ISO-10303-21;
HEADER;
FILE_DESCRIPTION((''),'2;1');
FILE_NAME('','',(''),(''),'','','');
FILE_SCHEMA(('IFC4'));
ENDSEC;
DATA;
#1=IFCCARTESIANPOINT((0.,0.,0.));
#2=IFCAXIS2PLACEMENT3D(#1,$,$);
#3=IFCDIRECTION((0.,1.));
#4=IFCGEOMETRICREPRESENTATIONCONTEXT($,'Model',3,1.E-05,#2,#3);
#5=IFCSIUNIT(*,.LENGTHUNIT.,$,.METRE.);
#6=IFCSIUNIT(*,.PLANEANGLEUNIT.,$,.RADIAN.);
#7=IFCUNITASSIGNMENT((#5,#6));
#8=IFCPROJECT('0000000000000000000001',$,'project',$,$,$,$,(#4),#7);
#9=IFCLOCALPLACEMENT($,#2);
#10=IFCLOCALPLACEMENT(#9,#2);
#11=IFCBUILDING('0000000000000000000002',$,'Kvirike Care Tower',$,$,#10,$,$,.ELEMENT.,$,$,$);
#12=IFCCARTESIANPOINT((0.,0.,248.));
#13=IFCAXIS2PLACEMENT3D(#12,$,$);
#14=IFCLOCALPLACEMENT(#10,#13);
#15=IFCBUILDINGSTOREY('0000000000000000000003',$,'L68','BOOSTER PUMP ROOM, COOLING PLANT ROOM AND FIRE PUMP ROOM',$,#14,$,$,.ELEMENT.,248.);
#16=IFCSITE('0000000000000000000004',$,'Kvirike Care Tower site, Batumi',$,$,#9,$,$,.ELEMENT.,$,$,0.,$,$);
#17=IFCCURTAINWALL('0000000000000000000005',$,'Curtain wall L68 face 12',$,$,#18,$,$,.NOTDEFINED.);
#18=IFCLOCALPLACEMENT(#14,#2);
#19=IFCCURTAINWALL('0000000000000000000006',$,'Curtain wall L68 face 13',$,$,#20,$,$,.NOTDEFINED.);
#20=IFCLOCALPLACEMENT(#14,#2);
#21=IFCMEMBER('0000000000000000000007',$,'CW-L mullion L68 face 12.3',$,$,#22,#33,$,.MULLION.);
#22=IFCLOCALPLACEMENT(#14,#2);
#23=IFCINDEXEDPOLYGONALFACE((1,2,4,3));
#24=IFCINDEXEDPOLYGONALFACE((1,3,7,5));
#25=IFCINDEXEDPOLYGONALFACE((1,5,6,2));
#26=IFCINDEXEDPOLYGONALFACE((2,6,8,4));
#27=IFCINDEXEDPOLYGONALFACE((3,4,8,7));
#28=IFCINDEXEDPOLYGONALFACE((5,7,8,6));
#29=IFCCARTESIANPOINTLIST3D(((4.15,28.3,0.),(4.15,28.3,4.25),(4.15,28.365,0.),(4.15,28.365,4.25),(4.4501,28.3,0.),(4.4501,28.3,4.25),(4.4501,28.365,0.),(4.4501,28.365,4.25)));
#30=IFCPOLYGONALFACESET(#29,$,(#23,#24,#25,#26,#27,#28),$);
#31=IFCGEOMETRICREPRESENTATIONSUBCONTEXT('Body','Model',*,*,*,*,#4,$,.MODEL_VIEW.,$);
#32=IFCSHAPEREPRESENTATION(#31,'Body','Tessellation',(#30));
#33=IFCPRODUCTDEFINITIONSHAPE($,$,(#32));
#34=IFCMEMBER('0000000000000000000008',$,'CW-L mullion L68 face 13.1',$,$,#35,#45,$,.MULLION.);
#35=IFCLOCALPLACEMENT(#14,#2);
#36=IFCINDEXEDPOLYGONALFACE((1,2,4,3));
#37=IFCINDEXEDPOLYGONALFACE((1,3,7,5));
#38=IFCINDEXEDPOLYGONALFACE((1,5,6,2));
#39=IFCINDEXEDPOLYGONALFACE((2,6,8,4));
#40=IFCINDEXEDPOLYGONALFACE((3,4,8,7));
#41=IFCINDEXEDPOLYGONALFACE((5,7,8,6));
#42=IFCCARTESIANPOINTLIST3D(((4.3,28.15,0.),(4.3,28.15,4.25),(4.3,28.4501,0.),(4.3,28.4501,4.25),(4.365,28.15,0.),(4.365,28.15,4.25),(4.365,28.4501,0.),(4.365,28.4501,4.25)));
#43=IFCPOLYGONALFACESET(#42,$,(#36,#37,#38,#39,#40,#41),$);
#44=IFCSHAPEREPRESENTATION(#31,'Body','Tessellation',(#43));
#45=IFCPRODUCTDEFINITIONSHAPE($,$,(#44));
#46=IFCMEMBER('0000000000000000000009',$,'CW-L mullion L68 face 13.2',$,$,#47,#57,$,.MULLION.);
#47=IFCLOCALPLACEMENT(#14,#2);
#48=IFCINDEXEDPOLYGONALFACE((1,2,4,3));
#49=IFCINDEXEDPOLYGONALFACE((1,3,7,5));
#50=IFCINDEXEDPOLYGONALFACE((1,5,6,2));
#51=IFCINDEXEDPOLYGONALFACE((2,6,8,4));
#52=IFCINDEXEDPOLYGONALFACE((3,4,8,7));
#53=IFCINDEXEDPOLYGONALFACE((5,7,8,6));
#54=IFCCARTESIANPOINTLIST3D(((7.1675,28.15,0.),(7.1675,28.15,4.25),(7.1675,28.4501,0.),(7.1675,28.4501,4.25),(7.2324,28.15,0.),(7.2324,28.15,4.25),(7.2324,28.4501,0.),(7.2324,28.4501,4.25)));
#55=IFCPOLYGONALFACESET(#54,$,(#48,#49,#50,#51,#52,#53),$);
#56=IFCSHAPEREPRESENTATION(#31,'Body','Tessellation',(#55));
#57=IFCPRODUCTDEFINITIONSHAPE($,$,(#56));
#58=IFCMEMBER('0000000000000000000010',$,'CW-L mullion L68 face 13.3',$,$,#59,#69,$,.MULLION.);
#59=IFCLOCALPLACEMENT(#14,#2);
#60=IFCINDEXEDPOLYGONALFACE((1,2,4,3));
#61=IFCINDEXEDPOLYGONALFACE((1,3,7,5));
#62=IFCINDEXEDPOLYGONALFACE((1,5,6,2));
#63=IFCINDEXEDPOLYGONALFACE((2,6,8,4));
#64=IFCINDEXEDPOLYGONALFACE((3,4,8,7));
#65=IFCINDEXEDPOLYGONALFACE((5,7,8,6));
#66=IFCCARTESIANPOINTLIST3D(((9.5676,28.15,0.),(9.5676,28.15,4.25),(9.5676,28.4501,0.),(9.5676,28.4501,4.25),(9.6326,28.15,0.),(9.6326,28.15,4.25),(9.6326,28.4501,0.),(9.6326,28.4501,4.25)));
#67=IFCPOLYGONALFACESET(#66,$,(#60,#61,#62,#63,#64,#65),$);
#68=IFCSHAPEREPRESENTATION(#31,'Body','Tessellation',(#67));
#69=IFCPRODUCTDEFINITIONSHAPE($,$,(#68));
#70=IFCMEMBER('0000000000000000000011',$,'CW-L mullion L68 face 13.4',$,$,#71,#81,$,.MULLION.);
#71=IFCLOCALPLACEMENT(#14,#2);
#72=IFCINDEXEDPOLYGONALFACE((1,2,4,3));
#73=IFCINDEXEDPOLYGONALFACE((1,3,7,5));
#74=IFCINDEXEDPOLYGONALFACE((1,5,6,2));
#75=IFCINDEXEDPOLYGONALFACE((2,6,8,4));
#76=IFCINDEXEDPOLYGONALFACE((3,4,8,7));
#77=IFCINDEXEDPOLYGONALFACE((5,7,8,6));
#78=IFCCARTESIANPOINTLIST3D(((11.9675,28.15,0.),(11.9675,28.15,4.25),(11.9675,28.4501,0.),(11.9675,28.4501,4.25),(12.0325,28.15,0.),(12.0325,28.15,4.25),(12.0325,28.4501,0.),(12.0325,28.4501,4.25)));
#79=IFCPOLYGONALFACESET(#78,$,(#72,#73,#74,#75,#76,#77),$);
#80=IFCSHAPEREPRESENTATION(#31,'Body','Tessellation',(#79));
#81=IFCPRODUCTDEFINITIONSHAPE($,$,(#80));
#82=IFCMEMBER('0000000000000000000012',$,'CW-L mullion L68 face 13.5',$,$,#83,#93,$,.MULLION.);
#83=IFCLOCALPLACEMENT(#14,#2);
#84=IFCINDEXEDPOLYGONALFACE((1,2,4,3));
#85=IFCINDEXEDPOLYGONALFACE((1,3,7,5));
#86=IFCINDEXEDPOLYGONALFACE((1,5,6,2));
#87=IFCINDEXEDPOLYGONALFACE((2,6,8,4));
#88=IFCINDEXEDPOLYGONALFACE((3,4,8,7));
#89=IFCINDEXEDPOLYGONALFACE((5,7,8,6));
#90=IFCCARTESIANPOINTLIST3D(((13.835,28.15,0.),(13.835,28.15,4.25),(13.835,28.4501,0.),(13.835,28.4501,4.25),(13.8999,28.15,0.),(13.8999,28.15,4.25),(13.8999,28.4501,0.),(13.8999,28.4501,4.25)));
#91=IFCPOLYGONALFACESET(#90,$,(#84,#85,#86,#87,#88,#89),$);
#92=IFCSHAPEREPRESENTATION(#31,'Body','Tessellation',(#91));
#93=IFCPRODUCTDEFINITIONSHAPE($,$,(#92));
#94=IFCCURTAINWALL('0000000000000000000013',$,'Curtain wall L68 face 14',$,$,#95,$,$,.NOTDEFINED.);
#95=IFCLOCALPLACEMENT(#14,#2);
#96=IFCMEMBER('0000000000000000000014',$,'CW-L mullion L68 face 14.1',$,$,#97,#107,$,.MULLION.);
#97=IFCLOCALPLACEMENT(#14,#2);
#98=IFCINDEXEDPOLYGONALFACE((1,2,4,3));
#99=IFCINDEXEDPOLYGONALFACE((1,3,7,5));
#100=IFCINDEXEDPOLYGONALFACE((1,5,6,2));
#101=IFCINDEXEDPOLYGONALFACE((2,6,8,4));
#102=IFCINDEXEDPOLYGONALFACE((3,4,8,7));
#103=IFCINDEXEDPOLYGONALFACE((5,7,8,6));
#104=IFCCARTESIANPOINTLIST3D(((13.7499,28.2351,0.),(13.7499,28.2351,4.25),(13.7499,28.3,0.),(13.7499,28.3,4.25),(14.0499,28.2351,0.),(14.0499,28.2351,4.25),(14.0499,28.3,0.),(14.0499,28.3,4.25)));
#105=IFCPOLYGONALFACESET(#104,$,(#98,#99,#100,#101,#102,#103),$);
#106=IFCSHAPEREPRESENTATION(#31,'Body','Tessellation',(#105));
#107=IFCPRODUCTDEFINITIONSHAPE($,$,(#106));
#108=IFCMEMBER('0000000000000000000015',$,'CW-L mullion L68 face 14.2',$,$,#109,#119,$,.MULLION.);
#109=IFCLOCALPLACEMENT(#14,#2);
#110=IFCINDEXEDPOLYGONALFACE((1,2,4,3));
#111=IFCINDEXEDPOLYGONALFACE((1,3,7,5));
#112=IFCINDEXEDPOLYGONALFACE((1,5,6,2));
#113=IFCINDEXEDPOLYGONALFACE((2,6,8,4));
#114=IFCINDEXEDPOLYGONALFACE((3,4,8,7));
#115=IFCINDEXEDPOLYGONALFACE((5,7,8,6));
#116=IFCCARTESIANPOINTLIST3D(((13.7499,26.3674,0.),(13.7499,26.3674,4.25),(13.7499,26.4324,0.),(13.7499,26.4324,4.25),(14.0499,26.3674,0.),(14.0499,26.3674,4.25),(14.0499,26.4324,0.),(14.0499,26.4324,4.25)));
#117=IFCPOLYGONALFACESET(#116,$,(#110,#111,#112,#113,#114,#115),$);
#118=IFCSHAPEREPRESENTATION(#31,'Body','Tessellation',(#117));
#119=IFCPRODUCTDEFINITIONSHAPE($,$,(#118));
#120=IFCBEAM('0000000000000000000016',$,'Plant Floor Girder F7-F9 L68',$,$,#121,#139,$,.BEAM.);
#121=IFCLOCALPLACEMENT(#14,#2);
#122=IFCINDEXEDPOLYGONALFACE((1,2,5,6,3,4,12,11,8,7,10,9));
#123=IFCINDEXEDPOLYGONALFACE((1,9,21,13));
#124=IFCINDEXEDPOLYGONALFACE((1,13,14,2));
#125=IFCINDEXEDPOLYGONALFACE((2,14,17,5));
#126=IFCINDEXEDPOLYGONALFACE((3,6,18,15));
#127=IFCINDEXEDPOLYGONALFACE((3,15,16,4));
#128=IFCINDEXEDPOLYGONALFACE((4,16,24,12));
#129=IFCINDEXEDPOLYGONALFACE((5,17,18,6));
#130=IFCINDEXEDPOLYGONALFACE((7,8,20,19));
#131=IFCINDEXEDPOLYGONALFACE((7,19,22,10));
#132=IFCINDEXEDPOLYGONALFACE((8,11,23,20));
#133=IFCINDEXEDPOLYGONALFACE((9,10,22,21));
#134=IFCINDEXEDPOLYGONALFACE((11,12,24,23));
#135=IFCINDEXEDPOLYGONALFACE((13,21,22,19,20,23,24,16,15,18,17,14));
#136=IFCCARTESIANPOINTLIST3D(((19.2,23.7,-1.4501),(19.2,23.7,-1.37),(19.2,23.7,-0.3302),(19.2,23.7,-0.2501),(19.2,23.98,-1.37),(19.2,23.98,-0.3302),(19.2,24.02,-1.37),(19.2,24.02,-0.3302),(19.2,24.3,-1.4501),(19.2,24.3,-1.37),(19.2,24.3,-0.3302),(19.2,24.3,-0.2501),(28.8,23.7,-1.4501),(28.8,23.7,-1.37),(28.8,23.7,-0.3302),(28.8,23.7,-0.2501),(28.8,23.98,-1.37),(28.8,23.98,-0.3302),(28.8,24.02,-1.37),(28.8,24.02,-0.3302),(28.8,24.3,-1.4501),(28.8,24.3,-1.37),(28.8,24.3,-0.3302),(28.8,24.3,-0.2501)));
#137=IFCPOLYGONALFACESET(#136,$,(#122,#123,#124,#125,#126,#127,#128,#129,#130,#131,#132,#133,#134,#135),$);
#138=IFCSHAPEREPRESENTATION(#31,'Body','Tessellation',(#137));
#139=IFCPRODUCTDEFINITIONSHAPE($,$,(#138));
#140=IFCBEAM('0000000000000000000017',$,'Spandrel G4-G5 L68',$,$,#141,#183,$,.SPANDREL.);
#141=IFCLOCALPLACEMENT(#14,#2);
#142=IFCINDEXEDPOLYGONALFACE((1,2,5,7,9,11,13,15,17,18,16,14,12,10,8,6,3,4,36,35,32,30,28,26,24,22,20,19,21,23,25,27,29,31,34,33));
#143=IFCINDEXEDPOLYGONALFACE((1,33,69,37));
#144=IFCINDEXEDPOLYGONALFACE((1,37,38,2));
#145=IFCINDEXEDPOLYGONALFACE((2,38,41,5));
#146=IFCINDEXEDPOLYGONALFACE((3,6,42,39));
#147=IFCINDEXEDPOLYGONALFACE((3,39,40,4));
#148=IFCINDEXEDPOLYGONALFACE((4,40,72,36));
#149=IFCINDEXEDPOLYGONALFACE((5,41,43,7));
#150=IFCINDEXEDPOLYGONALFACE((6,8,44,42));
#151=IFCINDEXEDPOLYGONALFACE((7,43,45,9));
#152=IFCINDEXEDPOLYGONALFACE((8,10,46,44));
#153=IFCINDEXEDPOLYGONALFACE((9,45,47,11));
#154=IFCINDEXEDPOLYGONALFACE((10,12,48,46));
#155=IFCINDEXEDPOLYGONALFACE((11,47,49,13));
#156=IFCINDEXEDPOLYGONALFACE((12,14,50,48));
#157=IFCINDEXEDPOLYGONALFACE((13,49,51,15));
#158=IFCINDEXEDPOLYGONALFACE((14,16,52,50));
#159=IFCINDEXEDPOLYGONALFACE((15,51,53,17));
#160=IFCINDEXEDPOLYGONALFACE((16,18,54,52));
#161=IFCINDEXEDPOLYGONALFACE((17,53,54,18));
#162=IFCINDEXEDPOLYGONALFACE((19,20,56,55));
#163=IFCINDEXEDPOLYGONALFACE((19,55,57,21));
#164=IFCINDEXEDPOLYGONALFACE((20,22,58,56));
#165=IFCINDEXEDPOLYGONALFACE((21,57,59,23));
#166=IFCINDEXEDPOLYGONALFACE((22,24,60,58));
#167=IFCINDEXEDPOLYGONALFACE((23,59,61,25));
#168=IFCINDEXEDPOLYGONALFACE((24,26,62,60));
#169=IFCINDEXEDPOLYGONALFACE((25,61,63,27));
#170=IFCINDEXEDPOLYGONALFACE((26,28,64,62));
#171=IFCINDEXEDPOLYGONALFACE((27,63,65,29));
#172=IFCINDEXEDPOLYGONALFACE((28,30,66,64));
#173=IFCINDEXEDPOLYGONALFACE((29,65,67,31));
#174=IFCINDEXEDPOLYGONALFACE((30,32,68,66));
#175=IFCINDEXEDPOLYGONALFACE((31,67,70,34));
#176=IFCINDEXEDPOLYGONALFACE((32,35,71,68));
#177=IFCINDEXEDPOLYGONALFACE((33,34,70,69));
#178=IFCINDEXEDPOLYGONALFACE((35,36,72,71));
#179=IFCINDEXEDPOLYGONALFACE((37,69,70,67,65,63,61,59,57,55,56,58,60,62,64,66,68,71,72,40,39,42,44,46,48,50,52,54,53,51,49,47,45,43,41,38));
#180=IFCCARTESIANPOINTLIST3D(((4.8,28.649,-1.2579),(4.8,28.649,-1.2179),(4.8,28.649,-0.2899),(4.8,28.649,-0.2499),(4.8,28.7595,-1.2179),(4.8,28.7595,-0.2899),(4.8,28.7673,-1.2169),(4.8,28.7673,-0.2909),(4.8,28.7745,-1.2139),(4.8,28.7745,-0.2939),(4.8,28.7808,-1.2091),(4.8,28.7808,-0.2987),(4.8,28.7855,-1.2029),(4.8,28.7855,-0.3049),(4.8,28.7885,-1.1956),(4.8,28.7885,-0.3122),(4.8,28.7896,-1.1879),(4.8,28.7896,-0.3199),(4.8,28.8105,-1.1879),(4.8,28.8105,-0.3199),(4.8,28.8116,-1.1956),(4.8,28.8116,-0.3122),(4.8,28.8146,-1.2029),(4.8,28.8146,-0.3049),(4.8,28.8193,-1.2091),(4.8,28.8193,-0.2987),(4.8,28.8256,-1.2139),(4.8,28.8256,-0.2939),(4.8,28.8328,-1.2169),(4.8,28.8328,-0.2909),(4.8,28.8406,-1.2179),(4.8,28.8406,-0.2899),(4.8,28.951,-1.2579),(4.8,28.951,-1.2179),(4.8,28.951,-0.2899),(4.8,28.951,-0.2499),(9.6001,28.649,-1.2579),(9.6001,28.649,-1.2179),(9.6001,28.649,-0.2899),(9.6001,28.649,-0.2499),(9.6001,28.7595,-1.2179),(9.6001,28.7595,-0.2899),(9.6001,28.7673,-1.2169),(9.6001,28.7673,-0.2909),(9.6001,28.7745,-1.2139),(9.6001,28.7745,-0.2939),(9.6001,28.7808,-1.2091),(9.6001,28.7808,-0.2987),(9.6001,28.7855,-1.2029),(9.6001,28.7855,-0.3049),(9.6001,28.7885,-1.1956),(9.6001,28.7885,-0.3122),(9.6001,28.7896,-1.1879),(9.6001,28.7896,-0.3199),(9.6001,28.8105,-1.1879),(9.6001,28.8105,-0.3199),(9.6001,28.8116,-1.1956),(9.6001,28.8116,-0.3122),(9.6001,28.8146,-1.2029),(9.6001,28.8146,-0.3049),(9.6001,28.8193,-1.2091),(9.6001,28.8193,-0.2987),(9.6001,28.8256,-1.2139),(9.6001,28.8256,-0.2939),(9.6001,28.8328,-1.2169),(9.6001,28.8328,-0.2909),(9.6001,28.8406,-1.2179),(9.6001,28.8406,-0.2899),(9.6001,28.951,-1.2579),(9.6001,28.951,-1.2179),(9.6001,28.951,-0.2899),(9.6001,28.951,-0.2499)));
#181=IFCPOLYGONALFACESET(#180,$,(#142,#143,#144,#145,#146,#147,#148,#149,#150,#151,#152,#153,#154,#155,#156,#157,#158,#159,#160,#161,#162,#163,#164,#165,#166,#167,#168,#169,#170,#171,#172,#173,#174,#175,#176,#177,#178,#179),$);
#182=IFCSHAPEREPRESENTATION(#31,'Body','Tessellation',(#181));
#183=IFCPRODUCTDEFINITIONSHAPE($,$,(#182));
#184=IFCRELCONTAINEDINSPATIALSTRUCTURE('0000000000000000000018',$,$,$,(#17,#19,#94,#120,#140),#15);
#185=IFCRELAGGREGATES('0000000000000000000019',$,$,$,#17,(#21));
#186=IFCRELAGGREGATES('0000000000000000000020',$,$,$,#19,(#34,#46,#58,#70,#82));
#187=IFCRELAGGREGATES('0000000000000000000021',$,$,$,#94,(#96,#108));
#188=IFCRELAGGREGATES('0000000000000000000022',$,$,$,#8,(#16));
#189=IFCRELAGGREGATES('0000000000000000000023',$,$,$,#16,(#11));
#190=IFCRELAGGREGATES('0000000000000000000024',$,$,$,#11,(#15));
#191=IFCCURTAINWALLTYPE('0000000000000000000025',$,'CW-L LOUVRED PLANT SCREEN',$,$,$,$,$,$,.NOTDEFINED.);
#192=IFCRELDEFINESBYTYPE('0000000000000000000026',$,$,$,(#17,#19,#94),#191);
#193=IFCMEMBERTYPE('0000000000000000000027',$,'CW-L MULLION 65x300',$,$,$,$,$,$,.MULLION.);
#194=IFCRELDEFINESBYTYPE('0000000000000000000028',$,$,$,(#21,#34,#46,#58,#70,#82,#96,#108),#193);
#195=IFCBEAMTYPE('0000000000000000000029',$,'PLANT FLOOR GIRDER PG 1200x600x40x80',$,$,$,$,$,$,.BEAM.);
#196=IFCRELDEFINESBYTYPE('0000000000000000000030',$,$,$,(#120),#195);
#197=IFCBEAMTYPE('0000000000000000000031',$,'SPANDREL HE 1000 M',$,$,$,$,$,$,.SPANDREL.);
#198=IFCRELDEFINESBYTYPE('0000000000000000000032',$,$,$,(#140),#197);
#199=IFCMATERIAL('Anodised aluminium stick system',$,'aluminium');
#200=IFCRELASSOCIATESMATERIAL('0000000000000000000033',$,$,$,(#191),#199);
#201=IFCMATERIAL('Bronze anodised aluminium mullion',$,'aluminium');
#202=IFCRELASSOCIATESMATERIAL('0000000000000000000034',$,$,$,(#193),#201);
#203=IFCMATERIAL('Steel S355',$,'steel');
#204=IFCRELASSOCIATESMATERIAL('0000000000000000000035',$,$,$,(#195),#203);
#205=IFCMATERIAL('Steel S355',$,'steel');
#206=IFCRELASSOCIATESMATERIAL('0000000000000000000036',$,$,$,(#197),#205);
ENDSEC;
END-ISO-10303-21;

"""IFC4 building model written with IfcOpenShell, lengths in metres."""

from ifc_helpers import new_model, si_unit, direction, frame, origin, origin_2d, place, context, subcontext, project, spatial, rectangle, i_section, extrude, material, material_profile, profile_set, type_object, element, aggregate, save


model = new_model("IFC4")

# Units and contexts
model_context = context("Model", 3, precision=1e-05, world=origin(), true_north=direction((0.0, 1.0)))
body_context = subcontext(model_context, "Body", "Model", "MODEL_VIEW")
ifc_project = project(units=[si_unit("LENGTHUNIT", "METRE"), si_unit("PLANEANGLEUNIT", "RADIAN")], contexts=[model_context])

# Site, building, storey
site_placement = place(None, origin())
site = spatial("IfcSite", under=ifc_project, at=site_placement, Name="Kvirike Care Tower site, Batumi", CompositionType="ELEMENT", RefElevation=0.0)
building_placement = place(site_placement, origin())
building = spatial("IfcBuilding", under=site, at=building_placement, Name="Kvirike Care Tower", CompositionType="ELEMENT")
storey_placement = place(building_placement, frame((0.0, 0.0, 248.0)))
storey = spatial("IfcBuildingStorey", under=building, at=storey_placement, Name="L68", Description="BOOSTER PUMP ROOM, COOLING PLANT ROOM AND FIRE PUMP ROOM", CompositionType="ELEMENT", Elevation=248.0)

# Curtain walls
ifc_material_1 = material(Name="Anodised aluminium stick system", Category="aluminium")
curtain_wall_type = type_object("IfcCurtainWallType", Name="CW-L LOUVRED PLANT SCREEN", PredefinedType="NOTDEFINED", material=ifc_material_1)
curtain_wall_1_placement = place(storey_placement, origin())
curtain_wall_1 = element("IfcCurtainWall", 1, at=curtain_wall_1_placement, inside=storey, type_object=curtain_wall_type, Name="Curtain wall L68 face 12", PredefinedType="NOTDEFINED")
curtain_wall_2_placement = place(storey_placement, origin())
curtain_wall_2 = element("IfcCurtainWall", 2, at=curtain_wall_2_placement, inside=storey, type_object=curtain_wall_type, Name="Curtain wall L68 face 13", PredefinedType="NOTDEFINED")

# Members
ifc_material_2 = material(Name="Bronze anodised aluminium mullion", Category="aluminium")
ifc_material_profile_1 = material_profile(ifc_material_2, rectangle(XDim=0.0649, YDim=0.3, at=origin_2d()), Name="CW-L MULLION 65x300")
ifc_profile_set_1 = profile_set([ifc_material_profile_1], Name="Bronze anodised aluminium mullion")
member_type_1 = type_object("IfcMemberType", Name="CW-L MULLION 65x300", PredefinedType="MULLION", material=ifc_profile_set_1)
member_1_placement = place(storey_placement, frame((4.3, 28.3325, 0.0), z_axis=(0.0, 0.0, 1.0), x_axis=(0.0, -1.0, 0.0)))
member_1 = element("IfcMember", 3, at=member_1_placement, type_object=member_type_1, Name="CW-L mullion L68 face 12.3", PredefinedType="MULLION", context=body_context, shape_type="SweptSolid", body=[
    extrude(rectangle(XDim=0.0649, YDim=0.3, at=origin_2d()), origin(), (0.0, 0.0, 1.0), 4.25),
])
aggregate(curtain_wall_1, [member_1])
member_2_placement = place(storey_placement, frame((4.3325, 28.3, 0.0), z_axis=(0.0, 0.0, 1.0), x_axis=(1.0, 0.0, 0.0)))
member_2 = element("IfcMember", 4, at=member_2_placement, type_object=member_type_1, Name="CW-L mullion L68 face 13.1", PredefinedType="MULLION", context=body_context, shape_type="SweptSolid", body=[
    extrude(rectangle(XDim=0.0649, YDim=0.3, at=origin_2d()), origin(), (0.0, 0.0, 1.0), 4.25),
])
member_3_placement = place(storey_placement, frame((7.2, 28.3, 0.0), z_axis=(0.0, 0.0, 1.0), x_axis=(1.0, 0.0, 0.0)))
member_3 = element("IfcMember", 5, at=member_3_placement, type_object=member_type_1, Name="CW-L mullion L68 face 13.2", PredefinedType="MULLION", context=body_context, shape_type="SweptSolid", body=[
    extrude(rectangle(XDim=0.0649, YDim=0.3, at=origin_2d()), origin(), (0.0, 0.0, 1.0), 4.25),
])
member_4_placement = place(storey_placement, frame((9.6001, 28.3, 0.0), z_axis=(0.0, 0.0, 1.0), x_axis=(1.0, 0.0, 0.0)))
member_4 = element("IfcMember", 6, at=member_4_placement, type_object=member_type_1, Name="CW-L mullion L68 face 13.3", PredefinedType="MULLION", context=body_context, shape_type="SweptSolid", body=[
    extrude(rectangle(XDim=0.0649, YDim=0.3, at=origin_2d()), origin(), (0.0, 0.0, 1.0), 4.25),
])
member_5_placement = place(storey_placement, frame((12.0, 28.3, 0.0), z_axis=(0.0, 0.0, 1.0), x_axis=(1.0, 0.0, 0.0)))
member_5 = element("IfcMember", 7, at=member_5_placement, type_object=member_type_1, Name="CW-L mullion L68 face 13.4", PredefinedType="MULLION", context=body_context, shape_type="SweptSolid", body=[
    extrude(rectangle(XDim=0.0649, YDim=0.3, at=origin_2d()), origin(), (0.0, 0.0, 1.0), 4.25),
])
member_6_placement = place(storey_placement, frame((13.8674, 28.3, 0.0), z_axis=(0.0, 0.0, 1.0), x_axis=(1.0, 0.0, 0.0)))
member_6 = element("IfcMember", 8, at=member_6_placement, type_object=member_type_1, Name="CW-L mullion L68 face 13.5", PredefinedType="MULLION", context=body_context, shape_type="SweptSolid", body=[
    extrude(rectangle(XDim=0.0649, YDim=0.3, at=origin_2d()), origin(), (0.0, 0.0, 1.0), 4.25),
])
aggregate(curtain_wall_2, [member_2, member_3, member_4, member_5, member_6])

# Curtain wall, members
curtain_wall_3_placement = place(storey_placement, origin())
curtain_wall_3 = element("IfcCurtainWall", 9, at=curtain_wall_3_placement, inside=storey, type_object=curtain_wall_type, Name="Curtain wall L68 face 14", PredefinedType="NOTDEFINED")
member_7_placement = place(storey_placement, frame((13.8999, 28.2676, 0.0), z_axis=(0.0, 0.0, 1.0), x_axis=(0.0, -1.0, 0.0)))
member_7 = element("IfcMember", 10, at=member_7_placement, type_object=member_type_1, Name="CW-L mullion L68 face 14.1", PredefinedType="MULLION", context=body_context, shape_type="SweptSolid", body=[
    extrude(rectangle(XDim=0.0649, YDim=0.3, at=origin_2d()), origin(), (0.0, 0.0, 1.0), 4.25),
])
member_8_placement = place(storey_placement, frame((13.8999, 26.3999, 0.0), z_axis=(0.0, 0.0, 1.0), x_axis=(0.0, -1.0, 0.0)))
member_8 = element("IfcMember", 11, at=member_8_placement, type_object=member_type_1, Name="CW-L mullion L68 face 14.2", PredefinedType="MULLION", context=body_context, shape_type="SweptSolid", body=[
    extrude(rectangle(XDim=0.0649, YDim=0.3, at=origin_2d()), origin(), (0.0, 0.0, 1.0), 4.25),
])
aggregate(curtain_wall_3, [member_7, member_8])

# Beams
ifc_material_3 = material(Name="Steel S355", Category="steel")
ifc_material_profile_2 = material_profile(ifc_material_3, i_section(OverallWidth=0.6001, OverallDepth=1.2, WebThickness=0.04, FlangeThickness=0.0801, at=origin_2d()), Name="PG 1200x600x40x80")
ifc_profile_set_2 = profile_set([ifc_material_profile_2], Name="Steel S355")
beam_type_1 = type_object("IfcBeamType", Name="PLANT FLOOR GIRDER PG 1200x600x40x80", PredefinedType="BEAM", material=ifc_profile_set_2)
beam_1_placement = place(storey_placement, frame((19.2, 24.0, -0.8501), z_axis=(1.0, 0.0, 0.0), x_axis=(0.0, 1.0, 0.0)))
element("IfcBeam", 12, at=beam_1_placement, inside=storey, type_object=beam_type_1, Name="Plant Floor Girder F7-F9 L68", PredefinedType="BEAM", context=body_context, shape_type="SweptSolid", body=[
    extrude(i_section(OverallWidth=0.6001, OverallDepth=1.2, WebThickness=0.04, FlangeThickness=0.0801, at=origin_2d()), origin(), (0.0, 0.0, 1.0), 9.6001),
])
ifc_material_4 = material(Name="Steel S355", Category="steel")
ifc_material_profile_3 = material_profile(ifc_material_4, i_section(OverallWidth=0.302, OverallDepth=1.0081, WebThickness=0.021, FlangeThickness=0.04, FilletRadius=0.03, at=origin_2d()), Name="HE 1000 M")
ifc_profile_set_3 = profile_set([ifc_material_profile_3], Name="Steel S355")
beam_type_2 = type_object("IfcBeamType", Name="SPANDREL HE 1000 M", PredefinedType="SPANDREL", material=ifc_profile_set_3)
beam_2_placement = place(storey_placement, frame((4.8, 28.8, -0.7539), z_axis=(1.0, 0.0, 0.0), x_axis=(0.0, 1.0, 0.0)))
element("IfcBeam", 13, at=beam_2_placement, inside=storey, type_object=beam_type_2, Name="Spandrel G4-G5 L68", PredefinedType="SPANDREL", context=body_context, shape_type="SweptSolid", body=[
    extrude(i_section(OverallWidth=0.302, OverallDepth=1.0081, WebThickness=0.021, FlangeThickness=0.04, FilletRadius=0.03, at=origin_2d()), origin(), (0.0, 0.0, 1.0), 4.8),
])

save(model, "model.ifc")
